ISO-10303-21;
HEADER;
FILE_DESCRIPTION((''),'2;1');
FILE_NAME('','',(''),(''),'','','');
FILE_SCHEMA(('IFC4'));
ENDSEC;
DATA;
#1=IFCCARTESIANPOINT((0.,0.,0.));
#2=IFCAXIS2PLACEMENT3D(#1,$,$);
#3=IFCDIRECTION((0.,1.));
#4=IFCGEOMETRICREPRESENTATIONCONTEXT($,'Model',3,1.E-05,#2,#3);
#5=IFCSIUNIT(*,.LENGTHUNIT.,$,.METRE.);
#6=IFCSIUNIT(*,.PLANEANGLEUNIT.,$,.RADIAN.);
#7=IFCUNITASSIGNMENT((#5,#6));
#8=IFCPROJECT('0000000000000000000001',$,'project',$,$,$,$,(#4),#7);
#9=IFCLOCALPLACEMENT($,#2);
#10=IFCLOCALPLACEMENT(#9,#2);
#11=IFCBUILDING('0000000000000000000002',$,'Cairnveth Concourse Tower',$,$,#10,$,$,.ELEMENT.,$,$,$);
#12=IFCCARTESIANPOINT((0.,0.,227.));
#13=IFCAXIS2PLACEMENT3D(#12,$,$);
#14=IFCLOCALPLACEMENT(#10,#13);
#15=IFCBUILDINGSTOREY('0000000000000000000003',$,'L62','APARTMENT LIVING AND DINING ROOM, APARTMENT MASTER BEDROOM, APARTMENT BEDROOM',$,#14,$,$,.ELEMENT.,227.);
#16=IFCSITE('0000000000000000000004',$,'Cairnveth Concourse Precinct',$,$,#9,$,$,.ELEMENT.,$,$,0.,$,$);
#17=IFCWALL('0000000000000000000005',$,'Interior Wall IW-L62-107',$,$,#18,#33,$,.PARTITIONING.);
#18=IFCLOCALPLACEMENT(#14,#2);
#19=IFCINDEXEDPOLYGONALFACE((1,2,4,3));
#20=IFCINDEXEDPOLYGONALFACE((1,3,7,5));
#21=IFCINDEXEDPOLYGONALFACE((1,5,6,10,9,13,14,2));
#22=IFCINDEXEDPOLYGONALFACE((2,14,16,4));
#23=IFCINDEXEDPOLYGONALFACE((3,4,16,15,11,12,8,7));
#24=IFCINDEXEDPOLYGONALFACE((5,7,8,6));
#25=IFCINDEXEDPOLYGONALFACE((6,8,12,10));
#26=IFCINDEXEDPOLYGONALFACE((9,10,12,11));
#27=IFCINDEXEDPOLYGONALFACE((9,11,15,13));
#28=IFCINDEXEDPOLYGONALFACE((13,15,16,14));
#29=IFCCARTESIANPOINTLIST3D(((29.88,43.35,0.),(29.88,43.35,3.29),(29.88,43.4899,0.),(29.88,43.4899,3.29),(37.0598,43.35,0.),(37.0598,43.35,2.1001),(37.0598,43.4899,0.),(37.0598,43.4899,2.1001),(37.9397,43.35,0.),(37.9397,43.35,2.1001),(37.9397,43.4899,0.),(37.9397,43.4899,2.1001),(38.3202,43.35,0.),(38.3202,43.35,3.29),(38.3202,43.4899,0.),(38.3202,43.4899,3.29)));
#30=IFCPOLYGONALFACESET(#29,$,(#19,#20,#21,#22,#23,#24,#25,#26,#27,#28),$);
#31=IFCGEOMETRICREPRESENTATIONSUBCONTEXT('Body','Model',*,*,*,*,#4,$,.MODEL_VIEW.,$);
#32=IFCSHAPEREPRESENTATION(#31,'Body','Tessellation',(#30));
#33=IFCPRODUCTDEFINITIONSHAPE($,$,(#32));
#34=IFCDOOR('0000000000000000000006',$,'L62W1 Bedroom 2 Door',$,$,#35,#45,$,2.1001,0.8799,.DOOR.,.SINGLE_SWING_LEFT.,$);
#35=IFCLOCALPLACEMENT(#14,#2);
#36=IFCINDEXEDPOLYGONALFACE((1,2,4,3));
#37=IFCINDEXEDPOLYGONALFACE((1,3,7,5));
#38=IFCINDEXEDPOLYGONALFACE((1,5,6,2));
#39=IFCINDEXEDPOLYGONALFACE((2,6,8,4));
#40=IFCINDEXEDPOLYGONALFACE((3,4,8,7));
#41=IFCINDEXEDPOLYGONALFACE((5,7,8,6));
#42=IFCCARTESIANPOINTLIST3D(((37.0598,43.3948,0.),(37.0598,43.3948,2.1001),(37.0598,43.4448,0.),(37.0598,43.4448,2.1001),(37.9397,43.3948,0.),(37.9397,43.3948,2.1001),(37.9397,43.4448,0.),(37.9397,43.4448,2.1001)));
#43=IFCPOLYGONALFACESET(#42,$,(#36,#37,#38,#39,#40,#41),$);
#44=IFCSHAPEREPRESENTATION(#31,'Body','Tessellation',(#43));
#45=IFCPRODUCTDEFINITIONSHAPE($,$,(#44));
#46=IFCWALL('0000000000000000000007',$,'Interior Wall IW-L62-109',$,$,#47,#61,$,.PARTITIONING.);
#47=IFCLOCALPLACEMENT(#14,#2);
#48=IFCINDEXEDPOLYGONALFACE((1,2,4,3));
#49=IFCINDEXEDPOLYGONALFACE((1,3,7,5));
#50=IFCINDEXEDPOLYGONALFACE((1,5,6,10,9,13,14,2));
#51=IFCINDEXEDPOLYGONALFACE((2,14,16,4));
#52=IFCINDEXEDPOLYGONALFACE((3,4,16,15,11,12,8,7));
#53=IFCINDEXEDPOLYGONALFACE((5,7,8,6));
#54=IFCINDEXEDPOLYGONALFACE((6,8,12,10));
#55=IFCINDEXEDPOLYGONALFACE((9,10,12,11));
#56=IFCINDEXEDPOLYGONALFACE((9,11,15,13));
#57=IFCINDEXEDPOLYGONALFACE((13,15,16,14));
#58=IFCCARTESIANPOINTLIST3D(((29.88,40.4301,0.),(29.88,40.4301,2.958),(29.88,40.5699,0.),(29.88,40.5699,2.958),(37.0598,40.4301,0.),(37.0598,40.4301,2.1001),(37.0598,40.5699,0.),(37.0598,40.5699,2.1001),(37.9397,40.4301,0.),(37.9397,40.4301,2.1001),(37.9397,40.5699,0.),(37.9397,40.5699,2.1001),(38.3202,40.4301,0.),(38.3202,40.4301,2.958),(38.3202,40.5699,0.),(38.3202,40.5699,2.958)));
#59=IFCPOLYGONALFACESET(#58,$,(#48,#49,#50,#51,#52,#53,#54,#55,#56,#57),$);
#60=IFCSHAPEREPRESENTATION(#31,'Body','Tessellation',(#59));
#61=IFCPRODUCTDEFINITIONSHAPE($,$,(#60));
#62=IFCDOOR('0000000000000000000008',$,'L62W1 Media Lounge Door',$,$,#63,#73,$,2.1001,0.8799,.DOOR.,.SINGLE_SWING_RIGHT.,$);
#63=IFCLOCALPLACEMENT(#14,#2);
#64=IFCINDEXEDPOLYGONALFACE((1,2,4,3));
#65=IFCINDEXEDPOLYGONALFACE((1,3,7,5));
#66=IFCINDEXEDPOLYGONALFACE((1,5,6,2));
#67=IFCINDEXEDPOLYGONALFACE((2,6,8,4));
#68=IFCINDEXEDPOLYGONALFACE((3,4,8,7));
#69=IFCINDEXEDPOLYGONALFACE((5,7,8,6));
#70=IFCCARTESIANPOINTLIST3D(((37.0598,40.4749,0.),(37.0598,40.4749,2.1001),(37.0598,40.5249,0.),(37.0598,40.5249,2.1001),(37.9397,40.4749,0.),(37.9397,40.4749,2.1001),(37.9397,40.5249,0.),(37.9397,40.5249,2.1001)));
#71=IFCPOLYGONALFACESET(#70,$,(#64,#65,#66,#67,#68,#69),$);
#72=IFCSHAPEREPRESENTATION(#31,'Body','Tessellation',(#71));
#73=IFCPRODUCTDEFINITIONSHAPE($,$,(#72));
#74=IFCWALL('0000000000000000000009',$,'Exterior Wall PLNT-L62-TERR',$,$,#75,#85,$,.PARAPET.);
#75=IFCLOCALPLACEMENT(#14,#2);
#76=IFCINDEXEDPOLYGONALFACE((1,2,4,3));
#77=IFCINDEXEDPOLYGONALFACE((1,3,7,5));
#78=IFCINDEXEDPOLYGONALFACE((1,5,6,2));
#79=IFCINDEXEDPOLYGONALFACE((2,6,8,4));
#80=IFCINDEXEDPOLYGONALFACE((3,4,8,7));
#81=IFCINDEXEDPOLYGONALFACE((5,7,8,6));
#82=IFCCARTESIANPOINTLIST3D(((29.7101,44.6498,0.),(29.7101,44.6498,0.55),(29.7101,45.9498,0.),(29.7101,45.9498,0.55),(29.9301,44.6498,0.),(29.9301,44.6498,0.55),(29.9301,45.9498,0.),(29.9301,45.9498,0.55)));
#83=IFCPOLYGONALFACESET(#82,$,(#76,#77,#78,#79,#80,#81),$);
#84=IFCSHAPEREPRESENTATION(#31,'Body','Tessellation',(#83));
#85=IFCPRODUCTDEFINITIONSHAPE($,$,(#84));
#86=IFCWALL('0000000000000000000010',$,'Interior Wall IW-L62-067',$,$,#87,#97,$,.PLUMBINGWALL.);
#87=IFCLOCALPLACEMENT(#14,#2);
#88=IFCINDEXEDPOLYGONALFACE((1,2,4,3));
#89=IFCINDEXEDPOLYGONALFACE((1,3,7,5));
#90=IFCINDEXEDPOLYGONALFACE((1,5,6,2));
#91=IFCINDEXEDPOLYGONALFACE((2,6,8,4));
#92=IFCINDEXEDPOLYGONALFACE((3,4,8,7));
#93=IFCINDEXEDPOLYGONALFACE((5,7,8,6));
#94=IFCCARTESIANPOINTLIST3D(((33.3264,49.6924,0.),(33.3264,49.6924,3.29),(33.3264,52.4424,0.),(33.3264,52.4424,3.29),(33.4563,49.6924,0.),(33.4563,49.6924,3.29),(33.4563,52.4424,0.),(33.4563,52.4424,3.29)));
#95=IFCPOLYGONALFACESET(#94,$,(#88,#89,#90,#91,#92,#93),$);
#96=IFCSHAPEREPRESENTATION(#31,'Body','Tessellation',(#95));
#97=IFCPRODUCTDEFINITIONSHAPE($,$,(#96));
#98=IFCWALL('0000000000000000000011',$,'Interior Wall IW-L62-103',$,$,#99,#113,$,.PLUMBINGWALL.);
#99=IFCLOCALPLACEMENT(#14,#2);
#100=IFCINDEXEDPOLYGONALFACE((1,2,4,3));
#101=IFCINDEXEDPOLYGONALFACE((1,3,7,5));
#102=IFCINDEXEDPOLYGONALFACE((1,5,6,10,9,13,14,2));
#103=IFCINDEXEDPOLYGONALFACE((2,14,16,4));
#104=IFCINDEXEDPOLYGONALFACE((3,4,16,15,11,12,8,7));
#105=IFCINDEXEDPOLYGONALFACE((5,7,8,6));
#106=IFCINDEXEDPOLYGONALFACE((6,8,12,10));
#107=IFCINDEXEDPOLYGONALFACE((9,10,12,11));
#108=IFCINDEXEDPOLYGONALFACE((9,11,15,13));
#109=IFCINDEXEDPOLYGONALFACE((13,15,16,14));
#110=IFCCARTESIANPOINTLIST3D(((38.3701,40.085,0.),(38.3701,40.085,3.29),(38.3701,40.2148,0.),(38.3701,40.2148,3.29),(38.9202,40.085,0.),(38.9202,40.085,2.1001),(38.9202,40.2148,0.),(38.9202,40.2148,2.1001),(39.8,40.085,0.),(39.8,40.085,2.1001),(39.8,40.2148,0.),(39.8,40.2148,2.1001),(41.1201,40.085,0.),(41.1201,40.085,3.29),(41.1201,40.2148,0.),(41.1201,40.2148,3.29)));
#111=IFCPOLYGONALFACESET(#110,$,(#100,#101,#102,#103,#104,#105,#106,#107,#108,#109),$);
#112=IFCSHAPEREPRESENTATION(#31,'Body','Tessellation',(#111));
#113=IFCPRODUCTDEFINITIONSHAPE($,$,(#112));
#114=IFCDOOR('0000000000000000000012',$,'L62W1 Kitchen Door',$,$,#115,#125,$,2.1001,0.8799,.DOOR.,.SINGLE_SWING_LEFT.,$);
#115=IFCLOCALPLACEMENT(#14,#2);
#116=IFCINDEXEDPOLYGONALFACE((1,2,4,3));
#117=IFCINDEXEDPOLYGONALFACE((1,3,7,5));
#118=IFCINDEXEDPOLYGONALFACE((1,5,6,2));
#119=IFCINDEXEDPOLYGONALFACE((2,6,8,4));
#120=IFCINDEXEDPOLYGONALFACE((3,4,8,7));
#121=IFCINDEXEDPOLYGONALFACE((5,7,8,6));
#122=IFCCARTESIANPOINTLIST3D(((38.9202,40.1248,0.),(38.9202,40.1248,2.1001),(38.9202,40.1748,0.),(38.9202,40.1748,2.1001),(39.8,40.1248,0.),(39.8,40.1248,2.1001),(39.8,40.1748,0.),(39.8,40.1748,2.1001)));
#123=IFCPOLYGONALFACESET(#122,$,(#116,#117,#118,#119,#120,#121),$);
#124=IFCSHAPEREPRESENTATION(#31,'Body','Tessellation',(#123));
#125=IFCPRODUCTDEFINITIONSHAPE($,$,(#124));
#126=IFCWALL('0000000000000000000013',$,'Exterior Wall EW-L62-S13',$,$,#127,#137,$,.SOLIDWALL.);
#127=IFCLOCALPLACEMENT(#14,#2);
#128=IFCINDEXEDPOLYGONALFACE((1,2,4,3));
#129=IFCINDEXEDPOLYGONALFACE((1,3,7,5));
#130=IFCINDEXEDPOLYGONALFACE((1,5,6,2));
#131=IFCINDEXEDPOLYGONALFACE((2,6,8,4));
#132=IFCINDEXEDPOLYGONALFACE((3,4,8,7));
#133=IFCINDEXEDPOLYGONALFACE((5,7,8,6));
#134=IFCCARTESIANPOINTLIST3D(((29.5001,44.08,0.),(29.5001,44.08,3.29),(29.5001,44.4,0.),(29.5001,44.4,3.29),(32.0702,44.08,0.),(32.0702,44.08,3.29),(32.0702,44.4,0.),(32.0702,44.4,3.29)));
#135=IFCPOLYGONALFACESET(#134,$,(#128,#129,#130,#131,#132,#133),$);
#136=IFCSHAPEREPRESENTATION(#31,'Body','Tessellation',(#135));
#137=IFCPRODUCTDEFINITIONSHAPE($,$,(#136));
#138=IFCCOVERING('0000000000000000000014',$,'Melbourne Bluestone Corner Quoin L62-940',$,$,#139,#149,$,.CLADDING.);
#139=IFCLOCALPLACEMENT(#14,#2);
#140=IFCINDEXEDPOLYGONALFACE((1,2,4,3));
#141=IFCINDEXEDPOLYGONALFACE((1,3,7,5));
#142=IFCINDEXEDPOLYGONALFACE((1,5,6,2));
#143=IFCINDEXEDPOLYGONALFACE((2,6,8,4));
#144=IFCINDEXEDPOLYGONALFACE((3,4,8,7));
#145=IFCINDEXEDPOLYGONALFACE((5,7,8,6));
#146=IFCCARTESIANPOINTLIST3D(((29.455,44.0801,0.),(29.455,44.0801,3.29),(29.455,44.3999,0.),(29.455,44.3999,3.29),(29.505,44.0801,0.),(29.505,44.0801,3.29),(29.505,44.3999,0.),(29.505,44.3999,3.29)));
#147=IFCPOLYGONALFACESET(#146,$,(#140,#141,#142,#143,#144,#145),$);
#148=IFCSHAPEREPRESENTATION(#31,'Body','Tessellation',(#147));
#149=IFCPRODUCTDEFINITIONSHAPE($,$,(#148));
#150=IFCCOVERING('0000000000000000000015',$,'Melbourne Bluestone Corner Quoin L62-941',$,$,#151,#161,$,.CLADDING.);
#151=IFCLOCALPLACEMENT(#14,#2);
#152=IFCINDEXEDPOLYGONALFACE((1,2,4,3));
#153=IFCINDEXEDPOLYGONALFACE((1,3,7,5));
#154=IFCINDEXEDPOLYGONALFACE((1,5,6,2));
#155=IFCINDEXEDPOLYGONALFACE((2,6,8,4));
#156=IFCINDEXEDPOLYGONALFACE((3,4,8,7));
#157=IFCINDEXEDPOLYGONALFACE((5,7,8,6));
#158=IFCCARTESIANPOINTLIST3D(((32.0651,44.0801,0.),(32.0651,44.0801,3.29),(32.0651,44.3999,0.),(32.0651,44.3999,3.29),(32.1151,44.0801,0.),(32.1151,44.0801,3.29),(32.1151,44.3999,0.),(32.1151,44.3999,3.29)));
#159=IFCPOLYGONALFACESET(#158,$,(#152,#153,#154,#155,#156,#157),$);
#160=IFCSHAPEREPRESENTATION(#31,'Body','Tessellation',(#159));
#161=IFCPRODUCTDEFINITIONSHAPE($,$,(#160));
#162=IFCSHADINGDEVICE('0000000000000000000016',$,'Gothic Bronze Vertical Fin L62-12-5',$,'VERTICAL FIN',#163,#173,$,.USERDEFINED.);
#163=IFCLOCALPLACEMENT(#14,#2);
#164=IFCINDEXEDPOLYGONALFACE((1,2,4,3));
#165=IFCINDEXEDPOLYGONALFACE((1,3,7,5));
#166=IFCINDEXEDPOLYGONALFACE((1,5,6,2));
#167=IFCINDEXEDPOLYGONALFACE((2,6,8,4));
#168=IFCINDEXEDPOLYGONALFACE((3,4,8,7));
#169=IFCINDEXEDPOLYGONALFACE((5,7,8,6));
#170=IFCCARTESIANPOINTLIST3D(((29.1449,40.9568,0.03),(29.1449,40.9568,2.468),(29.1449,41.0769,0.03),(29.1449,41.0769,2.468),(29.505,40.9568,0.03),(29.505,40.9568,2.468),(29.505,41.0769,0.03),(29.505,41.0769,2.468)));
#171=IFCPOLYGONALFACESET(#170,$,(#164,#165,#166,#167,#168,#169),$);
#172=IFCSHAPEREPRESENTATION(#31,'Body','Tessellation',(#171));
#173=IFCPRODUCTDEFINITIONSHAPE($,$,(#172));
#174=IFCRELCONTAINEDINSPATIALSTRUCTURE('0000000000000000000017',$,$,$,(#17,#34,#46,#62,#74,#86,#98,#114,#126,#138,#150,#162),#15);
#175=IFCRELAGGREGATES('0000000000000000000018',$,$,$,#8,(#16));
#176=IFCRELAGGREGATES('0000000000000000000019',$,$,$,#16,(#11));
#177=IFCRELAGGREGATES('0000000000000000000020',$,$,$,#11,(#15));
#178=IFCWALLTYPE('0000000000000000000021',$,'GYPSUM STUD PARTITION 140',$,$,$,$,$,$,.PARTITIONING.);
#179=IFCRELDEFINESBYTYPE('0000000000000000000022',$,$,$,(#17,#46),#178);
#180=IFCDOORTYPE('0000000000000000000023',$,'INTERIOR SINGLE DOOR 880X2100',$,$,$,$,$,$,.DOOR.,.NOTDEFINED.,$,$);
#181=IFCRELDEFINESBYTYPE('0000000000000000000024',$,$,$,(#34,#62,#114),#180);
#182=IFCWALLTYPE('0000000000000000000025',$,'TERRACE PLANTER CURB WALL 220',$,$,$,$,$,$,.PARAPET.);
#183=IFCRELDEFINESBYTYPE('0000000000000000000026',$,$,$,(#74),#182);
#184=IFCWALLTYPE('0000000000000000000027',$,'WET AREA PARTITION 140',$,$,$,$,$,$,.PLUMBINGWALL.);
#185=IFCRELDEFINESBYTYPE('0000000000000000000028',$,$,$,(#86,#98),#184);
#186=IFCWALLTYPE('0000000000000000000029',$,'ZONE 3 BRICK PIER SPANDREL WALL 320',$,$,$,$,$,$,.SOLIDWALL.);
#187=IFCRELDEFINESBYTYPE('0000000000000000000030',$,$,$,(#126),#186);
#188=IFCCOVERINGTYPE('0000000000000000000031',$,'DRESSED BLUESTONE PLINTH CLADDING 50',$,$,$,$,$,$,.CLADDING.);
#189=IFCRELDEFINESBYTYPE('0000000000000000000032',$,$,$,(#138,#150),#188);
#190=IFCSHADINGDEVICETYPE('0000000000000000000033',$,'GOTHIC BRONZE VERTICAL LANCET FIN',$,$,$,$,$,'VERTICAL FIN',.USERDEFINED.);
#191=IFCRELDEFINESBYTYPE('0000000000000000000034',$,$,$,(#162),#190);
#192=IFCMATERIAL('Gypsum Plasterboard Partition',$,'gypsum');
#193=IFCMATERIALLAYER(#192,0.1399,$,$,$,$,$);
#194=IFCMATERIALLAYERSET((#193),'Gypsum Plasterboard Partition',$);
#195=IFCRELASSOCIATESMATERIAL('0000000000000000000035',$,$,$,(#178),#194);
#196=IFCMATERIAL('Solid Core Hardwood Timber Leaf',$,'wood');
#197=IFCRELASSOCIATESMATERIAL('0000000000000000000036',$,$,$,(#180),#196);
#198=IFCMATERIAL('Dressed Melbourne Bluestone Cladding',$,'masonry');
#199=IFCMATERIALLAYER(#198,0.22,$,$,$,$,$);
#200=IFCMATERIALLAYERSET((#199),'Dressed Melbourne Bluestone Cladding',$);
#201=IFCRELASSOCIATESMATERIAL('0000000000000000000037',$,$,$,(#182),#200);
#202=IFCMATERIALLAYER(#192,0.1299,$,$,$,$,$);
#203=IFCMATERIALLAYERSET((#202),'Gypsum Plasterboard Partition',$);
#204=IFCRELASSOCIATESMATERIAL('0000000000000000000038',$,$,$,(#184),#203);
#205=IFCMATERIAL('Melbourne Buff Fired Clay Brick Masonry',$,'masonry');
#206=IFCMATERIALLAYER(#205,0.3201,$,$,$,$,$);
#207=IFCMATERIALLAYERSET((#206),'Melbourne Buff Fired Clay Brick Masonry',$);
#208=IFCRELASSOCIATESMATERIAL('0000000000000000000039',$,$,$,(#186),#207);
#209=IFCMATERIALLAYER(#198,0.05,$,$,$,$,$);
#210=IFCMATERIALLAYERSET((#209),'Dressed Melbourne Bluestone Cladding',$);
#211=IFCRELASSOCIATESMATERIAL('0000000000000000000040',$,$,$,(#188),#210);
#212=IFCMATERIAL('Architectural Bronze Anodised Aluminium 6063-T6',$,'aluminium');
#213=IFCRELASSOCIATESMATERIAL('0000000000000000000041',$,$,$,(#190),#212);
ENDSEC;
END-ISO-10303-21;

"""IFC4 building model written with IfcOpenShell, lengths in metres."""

from ifc_helpers import new_model, si_unit, direction, frame, frame_2d, origin, origin_2d, place, context, subcontext, project, spatial, rectangle, extrude, material, layer, layer_set, type_object, element, fill, save


model = new_model("IFC4")

# Units and contexts
model_context = context("Model", 3, precision=1e-05, world=origin(), true_north=direction((0.0, 1.0)))
body_context = subcontext(model_context, "Body", "Model", "MODEL_VIEW")
ifc_project = project(units=[si_unit("LENGTHUNIT", "METRE"), si_unit("PLANEANGLEUNIT", "RADIAN")], contexts=[model_context])

# Site, building, storey
site_placement = place(None, origin())
site = spatial("IfcSite", under=ifc_project, at=site_placement, Name="Cairnveth Concourse Precinct", CompositionType="ELEMENT", RefElevation=0.0)
building_placement = place(site_placement, origin())
building = spatial("IfcBuilding", under=site, at=building_placement, Name="Cairnveth Concourse Tower", CompositionType="ELEMENT")
storey_placement = place(building_placement, frame((0.0, 0.0, 227.0)))
storey = spatial("IfcBuildingStorey", under=building, at=storey_placement, Name="L62", Description="APARTMENT LIVING AND DINING ROOM, APARTMENT MASTER BEDROOM, APARTMENT BEDROOM", CompositionType="ELEMENT", Elevation=227.0)

# Shared definitions
ifc_material_1 = material(Name="Gypsum Plasterboard Partition", Category="gypsum")
ifc_material_2 = material(Name="Solid Core Hardwood Timber Leaf", Category="wood")

# Walls, openings, doors
ifc_layer_1 = layer(ifc_material_1, 0.1399)
ifc_layer_set_1 = layer_set([ifc_layer_1], Name="Gypsum Plasterboard Partition")
wall_type_1 = type_object("IfcWallType", Name="GYPSUM STUD PARTITION 140", PredefinedType="PARTITIONING", material=ifc_layer_set_1)
wall_1_placement = place(storey_placement, frame((29.8799, 43.4199, 0.0), z_axis=(0.0, 0.0, 1.0), x_axis=(1.0, 0.0, 0.0)))
wall_1 = element("IfcWall", 1, at=wall_1_placement, inside=storey, type_object=wall_type_1, Name="Interior Wall IW-L62-107", PredefinedType="PARTITIONING", context=body_context, shape_type="SweptSolid", body=[
    extrude(rectangle(XDim=8.4402, YDim=0.1399, at=frame_2d((4.2202, 0.0))), origin(), (0.0, 0.0, 1.0), 3.29),
])
opening_1_placement = place(wall_1_placement, frame((7.1799, 0.0, 0.0)))
opening_1 = element("IfcOpeningElement", 2, at=opening_1_placement, cuts=wall_1, PredefinedType="OPENING", context=body_context, shape_type="SweptSolid", body=[
    extrude(rectangle(XDim=0.8799, YDim=2.1001, at=frame_2d((0.4399, 1.05))), frame((0.0, 0.0798, 0.0), z_axis=(0.0, -1.0, 0.0), x_axis=(1.0, 0.0, 0.0)), (0.0, 0.0, 1.0), 0.1599),
])
door_type_1 = type_object("IfcDoorType", Name="INTERIOR SINGLE DOOR 880X2100", OperationType="NOTDEFINED", PredefinedType="DOOR", material=ifc_material_2)
door_1_placement = place(opening_1_placement, origin())
door_1 = element("IfcDoor", 3, at=door_1_placement, inside=storey, type_object=door_type_1, Name="L62W1 Bedroom 2 Door", OperationType="SINGLE_SWING_LEFT", OverallHeight=2.1001, OverallWidth=0.8799, PredefinedType="DOOR", context=body_context, shape_type="SweptSolid", body=[
    extrude(rectangle(XDim=0.8799, YDim=2.1001, at=frame_2d((0.4399, 1.05))), frame((0.0, 0.0249, 0.0), z_axis=(0.0, -1.0, 0.0), x_axis=(1.0, 0.0, 0.0)), (0.0, 0.0, 1.0), 0.05),
])
fill(opening_1, door_1)
wall_2_placement = place(storey_placement, frame((29.8799, 40.5, 0.0), z_axis=(0.0, 0.0, 1.0), x_axis=(1.0, 0.0, 0.0)))
wall_2 = element("IfcWall", 4, at=wall_2_placement, inside=storey, type_object=wall_type_1, Name="Interior Wall IW-L62-109", PredefinedType="PARTITIONING", context=body_context, shape_type="SweptSolid", body=[
    extrude(rectangle(XDim=8.4402, YDim=0.1399, at=frame_2d((4.2202, 0.0))), origin(), (0.0, 0.0, 1.0), 2.958),
])
opening_2_placement = place(wall_2_placement, frame((7.1799, 0.0, 0.0)))
opening_2 = element("IfcOpeningElement", 5, at=opening_2_placement, cuts=wall_2, PredefinedType="OPENING", context=body_context, shape_type="SweptSolid", body=[
    extrude(rectangle(XDim=0.8799, YDim=2.1001, at=frame_2d((0.4399, 1.05))), frame((0.0, 0.0798, 0.0), z_axis=(0.0, -1.0, 0.0), x_axis=(1.0, 0.0, 0.0)), (0.0, 0.0, 1.0), 0.1599),
])
door_2_placement = place(opening_2_placement, origin())
door_2 = element("IfcDoor", 6, at=door_2_placement, inside=storey, type_object=door_type_1, Name="L62W1 Media Lounge Door", OperationType="SINGLE_SWING_RIGHT", OverallHeight=2.1001, OverallWidth=0.8799, PredefinedType="DOOR", context=body_context, shape_type="SweptSolid", body=[
    extrude(rectangle(XDim=0.8799, YDim=2.1001, at=frame_2d((0.4399, 1.05))), frame((0.0, 0.0249, 0.0), z_axis=(0.0, -1.0, 0.0), x_axis=(1.0, 0.0, 0.0)), (0.0, 0.0, 1.0), 0.05),
])
fill(opening_2, door_2)

# Walls
ifc_material_3 = material(Name="Dressed Melbourne Bluestone Cladding", Category="masonry")
ifc_layer_2 = layer(ifc_material_3, 0.22)
ifc_layer_set_2 = layer_set([ifc_layer_2], Name="Dressed Melbourne Bluestone Cladding")
wall_type_2 = type_object("IfcWallType", Name="TERRACE PLANTER CURB WALL 220", PredefinedType="PARAPET", material=ifc_layer_set_2)
wall_3_placement = place(storey_placement, frame((29.8201, 44.6499, 0.0), z_axis=(0.0, 0.0, 1.0), x_axis=(0.0, 1.0, 0.0)))
element("IfcWall", 7, at=wall_3_placement, inside=storey, type_object=wall_type_2, Name="Exterior Wall PLNT-L62-TERR", PredefinedType="PARAPET", context=body_context, shape_type="SweptSolid", body=[
    extrude(rectangle(XDim=1.3, YDim=0.22, at=frame_2d((0.6499, 0.0))), origin(), (0.0, 0.0, 1.0), 0.55),
])
ifc_layer_3 = layer(ifc_material_1, 0.1299)
ifc_layer_set_3 = layer_set([ifc_layer_3], Name="Gypsum Plasterboard Partition")
wall_type_3 = type_object("IfcWallType", Name="WET AREA PARTITION 140", PredefinedType="PLUMBINGWALL", material=ifc_layer_set_3)
wall_4_placement = place(storey_placement, frame((33.3914, 49.6924, 0.0), z_axis=(0.0, 0.0, 1.0), x_axis=(0.0, 1.0, 0.0)))
element("IfcWall", 8, at=wall_4_placement, inside=storey, type_object=wall_type_3, Name="Interior Wall IW-L62-067", PredefinedType="PLUMBINGWALL", context=body_context, shape_type="SweptSolid", body=[
    extrude(rectangle(XDim=2.75, YDim=0.1299, at=frame_2d((1.375, 0.0))), origin(), (0.0, 0.0, 1.0), 3.29),
])

# Wall, opening, door
wall_5_placement = place(storey_placement, frame((38.3701, 40.1499, 0.0), z_axis=(0.0, 0.0, 1.0), x_axis=(1.0, 0.0, 0.0)))
wall_5 = element("IfcWall", 9, at=wall_5_placement, inside=storey, type_object=wall_type_3, Name="Interior Wall IW-L62-103", PredefinedType="PLUMBINGWALL", context=body_context, shape_type="SweptSolid", body=[
    extrude(rectangle(XDim=2.75, YDim=0.1299, at=frame_2d((1.375, 0.0))), origin(), (0.0, 0.0, 1.0), 3.29),
])
opening_3_placement = place(wall_5_placement, frame((0.55, 0.0, 0.0)))
opening_3 = element("IfcOpeningElement", 10, at=opening_3_placement, cuts=wall_5, PredefinedType="OPENING", context=body_context, shape_type="SweptSolid", body=[
    extrude(rectangle(XDim=0.8799, YDim=2.1001, at=frame_2d((0.4399, 1.05))), frame((0.0, 0.075, 0.0), z_axis=(0.0, -1.0, 0.0), x_axis=(1.0, 0.0, 0.0)), (0.0, 0.0, 1.0), 0.1499),
])
door_3_placement = place(opening_3_placement, origin())
door_3 = element("IfcDoor", 11, at=door_3_placement, inside=storey, type_object=door_type_1, Name="L62W1 Kitchen Door", OperationType="SINGLE_SWING_LEFT", OverallHeight=2.1001, OverallWidth=0.8799, PredefinedType="DOOR", context=body_context, shape_type="SweptSolid", body=[
    extrude(rectangle(XDim=0.8799, YDim=2.1001, at=frame_2d((0.4399, 1.05))), frame((0.0, 0.0249, 0.0), z_axis=(0.0, -1.0, 0.0), x_axis=(1.0, 0.0, 0.0)), (0.0, 0.0, 1.0), 0.05),
])
fill(opening_3, door_3)

# Wall
ifc_material_4 = material(Name="Melbourne Buff Fired Clay Brick Masonry", Category="masonry")
ifc_layer_4 = layer(ifc_material_4, 0.3201)
ifc_layer_set_4 = layer_set([ifc_layer_4], Name="Melbourne Buff Fired Clay Brick Masonry")
wall_type_4 = type_object("IfcWallType", Name="ZONE 3 BRICK PIER SPANDREL WALL 320", PredefinedType="SOLIDWALL", material=ifc_layer_set_4)
wall_6_placement = place(storey_placement, frame((29.5, 44.24, 0.0), z_axis=(0.0, 0.0, 1.0), x_axis=(1.0, 0.0, 0.0)))
element("IfcWall", 12, at=wall_6_placement, inside=storey, type_object=wall_type_4, Name="Exterior Wall EW-L62-S13", PredefinedType="SOLIDWALL", context=body_context, shape_type="SweptSolid", body=[
    extrude(rectangle(XDim=2.5701, YDim=0.3201, at=frame_2d((1.2852, 0.0))), origin(), (0.0, 0.0, 1.0), 3.29),
])

# Shared definitions
ifc_material_5 = material(Name="Architectural Bronze Anodised Aluminium 6063-T6", Category="aluminium")

# Coverings
ifc_layer_5 = layer(ifc_material_3, 0.05)
ifc_layer_set_5 = layer_set([ifc_layer_5], Name="Dressed Melbourne Bluestone Cladding")
covering_type = type_object("IfcCoveringType", Name="DRESSED BLUESTONE PLINTH CLADDING 50", PredefinedType="CLADDING", material=ifc_layer_set_5)
for number, where, z_axis, x_axis, name in (
    (13, (29.48, 44.0801, 0.0), (0.0, 0.0, 1.0), (0.0, 1.0, 0.0), "Melbourne Bluestone Corner Quoin L62-940"),
    (14, (32.0901, 44.0801, 0.0), (0.0, 0.0, 1.0), (0.0, 1.0, 0.0), "Melbourne Bluestone Corner Quoin L62-941"),
):
    element("IfcCovering", number, at=place(storey_placement, frame(where, z_axis=z_axis, x_axis=x_axis)), inside=storey, type_object=covering_type, Name=name, PredefinedType="CLADDING", context=body_context, shape_type="SweptSolid", body=[
        extrude(rectangle(XDim=0.3198, YDim=0.05, at=frame_2d((0.1599, 0.0))), origin(), (0.0, 0.0, 1.0), 3.29),
    ])

# Shading device
shading_device_type_1 = type_object("IfcShadingDeviceType", Name="GOTHIC BRONZE VERTICAL LANCET FIN", ElementType="VERTICAL FIN", PredefinedType="USERDEFINED", material=ifc_material_5)
shading_device_1_placement = place(storey_placement, frame((29.325, 41.0168, 0.03), z_axis=(0.0, 0.0, 1.0), x_axis=(0.0, 1.0, 0.0)))
element("IfcShadingDevice", 15, at=shading_device_1_placement, inside=storey, type_object=shading_device_type_1, Name="Gothic Bronze Vertical Fin L62-12-5", ObjectType="VERTICAL FIN", PredefinedType="USERDEFINED", context=body_context, shape_type="SweptSolid", body=[
    extrude(rectangle(XDim=0.1201, YDim=0.3601, at=origin_2d()), origin(), (0.0, 0.0, 1.0), 2.438),
])

save(model, "model.ifc")
